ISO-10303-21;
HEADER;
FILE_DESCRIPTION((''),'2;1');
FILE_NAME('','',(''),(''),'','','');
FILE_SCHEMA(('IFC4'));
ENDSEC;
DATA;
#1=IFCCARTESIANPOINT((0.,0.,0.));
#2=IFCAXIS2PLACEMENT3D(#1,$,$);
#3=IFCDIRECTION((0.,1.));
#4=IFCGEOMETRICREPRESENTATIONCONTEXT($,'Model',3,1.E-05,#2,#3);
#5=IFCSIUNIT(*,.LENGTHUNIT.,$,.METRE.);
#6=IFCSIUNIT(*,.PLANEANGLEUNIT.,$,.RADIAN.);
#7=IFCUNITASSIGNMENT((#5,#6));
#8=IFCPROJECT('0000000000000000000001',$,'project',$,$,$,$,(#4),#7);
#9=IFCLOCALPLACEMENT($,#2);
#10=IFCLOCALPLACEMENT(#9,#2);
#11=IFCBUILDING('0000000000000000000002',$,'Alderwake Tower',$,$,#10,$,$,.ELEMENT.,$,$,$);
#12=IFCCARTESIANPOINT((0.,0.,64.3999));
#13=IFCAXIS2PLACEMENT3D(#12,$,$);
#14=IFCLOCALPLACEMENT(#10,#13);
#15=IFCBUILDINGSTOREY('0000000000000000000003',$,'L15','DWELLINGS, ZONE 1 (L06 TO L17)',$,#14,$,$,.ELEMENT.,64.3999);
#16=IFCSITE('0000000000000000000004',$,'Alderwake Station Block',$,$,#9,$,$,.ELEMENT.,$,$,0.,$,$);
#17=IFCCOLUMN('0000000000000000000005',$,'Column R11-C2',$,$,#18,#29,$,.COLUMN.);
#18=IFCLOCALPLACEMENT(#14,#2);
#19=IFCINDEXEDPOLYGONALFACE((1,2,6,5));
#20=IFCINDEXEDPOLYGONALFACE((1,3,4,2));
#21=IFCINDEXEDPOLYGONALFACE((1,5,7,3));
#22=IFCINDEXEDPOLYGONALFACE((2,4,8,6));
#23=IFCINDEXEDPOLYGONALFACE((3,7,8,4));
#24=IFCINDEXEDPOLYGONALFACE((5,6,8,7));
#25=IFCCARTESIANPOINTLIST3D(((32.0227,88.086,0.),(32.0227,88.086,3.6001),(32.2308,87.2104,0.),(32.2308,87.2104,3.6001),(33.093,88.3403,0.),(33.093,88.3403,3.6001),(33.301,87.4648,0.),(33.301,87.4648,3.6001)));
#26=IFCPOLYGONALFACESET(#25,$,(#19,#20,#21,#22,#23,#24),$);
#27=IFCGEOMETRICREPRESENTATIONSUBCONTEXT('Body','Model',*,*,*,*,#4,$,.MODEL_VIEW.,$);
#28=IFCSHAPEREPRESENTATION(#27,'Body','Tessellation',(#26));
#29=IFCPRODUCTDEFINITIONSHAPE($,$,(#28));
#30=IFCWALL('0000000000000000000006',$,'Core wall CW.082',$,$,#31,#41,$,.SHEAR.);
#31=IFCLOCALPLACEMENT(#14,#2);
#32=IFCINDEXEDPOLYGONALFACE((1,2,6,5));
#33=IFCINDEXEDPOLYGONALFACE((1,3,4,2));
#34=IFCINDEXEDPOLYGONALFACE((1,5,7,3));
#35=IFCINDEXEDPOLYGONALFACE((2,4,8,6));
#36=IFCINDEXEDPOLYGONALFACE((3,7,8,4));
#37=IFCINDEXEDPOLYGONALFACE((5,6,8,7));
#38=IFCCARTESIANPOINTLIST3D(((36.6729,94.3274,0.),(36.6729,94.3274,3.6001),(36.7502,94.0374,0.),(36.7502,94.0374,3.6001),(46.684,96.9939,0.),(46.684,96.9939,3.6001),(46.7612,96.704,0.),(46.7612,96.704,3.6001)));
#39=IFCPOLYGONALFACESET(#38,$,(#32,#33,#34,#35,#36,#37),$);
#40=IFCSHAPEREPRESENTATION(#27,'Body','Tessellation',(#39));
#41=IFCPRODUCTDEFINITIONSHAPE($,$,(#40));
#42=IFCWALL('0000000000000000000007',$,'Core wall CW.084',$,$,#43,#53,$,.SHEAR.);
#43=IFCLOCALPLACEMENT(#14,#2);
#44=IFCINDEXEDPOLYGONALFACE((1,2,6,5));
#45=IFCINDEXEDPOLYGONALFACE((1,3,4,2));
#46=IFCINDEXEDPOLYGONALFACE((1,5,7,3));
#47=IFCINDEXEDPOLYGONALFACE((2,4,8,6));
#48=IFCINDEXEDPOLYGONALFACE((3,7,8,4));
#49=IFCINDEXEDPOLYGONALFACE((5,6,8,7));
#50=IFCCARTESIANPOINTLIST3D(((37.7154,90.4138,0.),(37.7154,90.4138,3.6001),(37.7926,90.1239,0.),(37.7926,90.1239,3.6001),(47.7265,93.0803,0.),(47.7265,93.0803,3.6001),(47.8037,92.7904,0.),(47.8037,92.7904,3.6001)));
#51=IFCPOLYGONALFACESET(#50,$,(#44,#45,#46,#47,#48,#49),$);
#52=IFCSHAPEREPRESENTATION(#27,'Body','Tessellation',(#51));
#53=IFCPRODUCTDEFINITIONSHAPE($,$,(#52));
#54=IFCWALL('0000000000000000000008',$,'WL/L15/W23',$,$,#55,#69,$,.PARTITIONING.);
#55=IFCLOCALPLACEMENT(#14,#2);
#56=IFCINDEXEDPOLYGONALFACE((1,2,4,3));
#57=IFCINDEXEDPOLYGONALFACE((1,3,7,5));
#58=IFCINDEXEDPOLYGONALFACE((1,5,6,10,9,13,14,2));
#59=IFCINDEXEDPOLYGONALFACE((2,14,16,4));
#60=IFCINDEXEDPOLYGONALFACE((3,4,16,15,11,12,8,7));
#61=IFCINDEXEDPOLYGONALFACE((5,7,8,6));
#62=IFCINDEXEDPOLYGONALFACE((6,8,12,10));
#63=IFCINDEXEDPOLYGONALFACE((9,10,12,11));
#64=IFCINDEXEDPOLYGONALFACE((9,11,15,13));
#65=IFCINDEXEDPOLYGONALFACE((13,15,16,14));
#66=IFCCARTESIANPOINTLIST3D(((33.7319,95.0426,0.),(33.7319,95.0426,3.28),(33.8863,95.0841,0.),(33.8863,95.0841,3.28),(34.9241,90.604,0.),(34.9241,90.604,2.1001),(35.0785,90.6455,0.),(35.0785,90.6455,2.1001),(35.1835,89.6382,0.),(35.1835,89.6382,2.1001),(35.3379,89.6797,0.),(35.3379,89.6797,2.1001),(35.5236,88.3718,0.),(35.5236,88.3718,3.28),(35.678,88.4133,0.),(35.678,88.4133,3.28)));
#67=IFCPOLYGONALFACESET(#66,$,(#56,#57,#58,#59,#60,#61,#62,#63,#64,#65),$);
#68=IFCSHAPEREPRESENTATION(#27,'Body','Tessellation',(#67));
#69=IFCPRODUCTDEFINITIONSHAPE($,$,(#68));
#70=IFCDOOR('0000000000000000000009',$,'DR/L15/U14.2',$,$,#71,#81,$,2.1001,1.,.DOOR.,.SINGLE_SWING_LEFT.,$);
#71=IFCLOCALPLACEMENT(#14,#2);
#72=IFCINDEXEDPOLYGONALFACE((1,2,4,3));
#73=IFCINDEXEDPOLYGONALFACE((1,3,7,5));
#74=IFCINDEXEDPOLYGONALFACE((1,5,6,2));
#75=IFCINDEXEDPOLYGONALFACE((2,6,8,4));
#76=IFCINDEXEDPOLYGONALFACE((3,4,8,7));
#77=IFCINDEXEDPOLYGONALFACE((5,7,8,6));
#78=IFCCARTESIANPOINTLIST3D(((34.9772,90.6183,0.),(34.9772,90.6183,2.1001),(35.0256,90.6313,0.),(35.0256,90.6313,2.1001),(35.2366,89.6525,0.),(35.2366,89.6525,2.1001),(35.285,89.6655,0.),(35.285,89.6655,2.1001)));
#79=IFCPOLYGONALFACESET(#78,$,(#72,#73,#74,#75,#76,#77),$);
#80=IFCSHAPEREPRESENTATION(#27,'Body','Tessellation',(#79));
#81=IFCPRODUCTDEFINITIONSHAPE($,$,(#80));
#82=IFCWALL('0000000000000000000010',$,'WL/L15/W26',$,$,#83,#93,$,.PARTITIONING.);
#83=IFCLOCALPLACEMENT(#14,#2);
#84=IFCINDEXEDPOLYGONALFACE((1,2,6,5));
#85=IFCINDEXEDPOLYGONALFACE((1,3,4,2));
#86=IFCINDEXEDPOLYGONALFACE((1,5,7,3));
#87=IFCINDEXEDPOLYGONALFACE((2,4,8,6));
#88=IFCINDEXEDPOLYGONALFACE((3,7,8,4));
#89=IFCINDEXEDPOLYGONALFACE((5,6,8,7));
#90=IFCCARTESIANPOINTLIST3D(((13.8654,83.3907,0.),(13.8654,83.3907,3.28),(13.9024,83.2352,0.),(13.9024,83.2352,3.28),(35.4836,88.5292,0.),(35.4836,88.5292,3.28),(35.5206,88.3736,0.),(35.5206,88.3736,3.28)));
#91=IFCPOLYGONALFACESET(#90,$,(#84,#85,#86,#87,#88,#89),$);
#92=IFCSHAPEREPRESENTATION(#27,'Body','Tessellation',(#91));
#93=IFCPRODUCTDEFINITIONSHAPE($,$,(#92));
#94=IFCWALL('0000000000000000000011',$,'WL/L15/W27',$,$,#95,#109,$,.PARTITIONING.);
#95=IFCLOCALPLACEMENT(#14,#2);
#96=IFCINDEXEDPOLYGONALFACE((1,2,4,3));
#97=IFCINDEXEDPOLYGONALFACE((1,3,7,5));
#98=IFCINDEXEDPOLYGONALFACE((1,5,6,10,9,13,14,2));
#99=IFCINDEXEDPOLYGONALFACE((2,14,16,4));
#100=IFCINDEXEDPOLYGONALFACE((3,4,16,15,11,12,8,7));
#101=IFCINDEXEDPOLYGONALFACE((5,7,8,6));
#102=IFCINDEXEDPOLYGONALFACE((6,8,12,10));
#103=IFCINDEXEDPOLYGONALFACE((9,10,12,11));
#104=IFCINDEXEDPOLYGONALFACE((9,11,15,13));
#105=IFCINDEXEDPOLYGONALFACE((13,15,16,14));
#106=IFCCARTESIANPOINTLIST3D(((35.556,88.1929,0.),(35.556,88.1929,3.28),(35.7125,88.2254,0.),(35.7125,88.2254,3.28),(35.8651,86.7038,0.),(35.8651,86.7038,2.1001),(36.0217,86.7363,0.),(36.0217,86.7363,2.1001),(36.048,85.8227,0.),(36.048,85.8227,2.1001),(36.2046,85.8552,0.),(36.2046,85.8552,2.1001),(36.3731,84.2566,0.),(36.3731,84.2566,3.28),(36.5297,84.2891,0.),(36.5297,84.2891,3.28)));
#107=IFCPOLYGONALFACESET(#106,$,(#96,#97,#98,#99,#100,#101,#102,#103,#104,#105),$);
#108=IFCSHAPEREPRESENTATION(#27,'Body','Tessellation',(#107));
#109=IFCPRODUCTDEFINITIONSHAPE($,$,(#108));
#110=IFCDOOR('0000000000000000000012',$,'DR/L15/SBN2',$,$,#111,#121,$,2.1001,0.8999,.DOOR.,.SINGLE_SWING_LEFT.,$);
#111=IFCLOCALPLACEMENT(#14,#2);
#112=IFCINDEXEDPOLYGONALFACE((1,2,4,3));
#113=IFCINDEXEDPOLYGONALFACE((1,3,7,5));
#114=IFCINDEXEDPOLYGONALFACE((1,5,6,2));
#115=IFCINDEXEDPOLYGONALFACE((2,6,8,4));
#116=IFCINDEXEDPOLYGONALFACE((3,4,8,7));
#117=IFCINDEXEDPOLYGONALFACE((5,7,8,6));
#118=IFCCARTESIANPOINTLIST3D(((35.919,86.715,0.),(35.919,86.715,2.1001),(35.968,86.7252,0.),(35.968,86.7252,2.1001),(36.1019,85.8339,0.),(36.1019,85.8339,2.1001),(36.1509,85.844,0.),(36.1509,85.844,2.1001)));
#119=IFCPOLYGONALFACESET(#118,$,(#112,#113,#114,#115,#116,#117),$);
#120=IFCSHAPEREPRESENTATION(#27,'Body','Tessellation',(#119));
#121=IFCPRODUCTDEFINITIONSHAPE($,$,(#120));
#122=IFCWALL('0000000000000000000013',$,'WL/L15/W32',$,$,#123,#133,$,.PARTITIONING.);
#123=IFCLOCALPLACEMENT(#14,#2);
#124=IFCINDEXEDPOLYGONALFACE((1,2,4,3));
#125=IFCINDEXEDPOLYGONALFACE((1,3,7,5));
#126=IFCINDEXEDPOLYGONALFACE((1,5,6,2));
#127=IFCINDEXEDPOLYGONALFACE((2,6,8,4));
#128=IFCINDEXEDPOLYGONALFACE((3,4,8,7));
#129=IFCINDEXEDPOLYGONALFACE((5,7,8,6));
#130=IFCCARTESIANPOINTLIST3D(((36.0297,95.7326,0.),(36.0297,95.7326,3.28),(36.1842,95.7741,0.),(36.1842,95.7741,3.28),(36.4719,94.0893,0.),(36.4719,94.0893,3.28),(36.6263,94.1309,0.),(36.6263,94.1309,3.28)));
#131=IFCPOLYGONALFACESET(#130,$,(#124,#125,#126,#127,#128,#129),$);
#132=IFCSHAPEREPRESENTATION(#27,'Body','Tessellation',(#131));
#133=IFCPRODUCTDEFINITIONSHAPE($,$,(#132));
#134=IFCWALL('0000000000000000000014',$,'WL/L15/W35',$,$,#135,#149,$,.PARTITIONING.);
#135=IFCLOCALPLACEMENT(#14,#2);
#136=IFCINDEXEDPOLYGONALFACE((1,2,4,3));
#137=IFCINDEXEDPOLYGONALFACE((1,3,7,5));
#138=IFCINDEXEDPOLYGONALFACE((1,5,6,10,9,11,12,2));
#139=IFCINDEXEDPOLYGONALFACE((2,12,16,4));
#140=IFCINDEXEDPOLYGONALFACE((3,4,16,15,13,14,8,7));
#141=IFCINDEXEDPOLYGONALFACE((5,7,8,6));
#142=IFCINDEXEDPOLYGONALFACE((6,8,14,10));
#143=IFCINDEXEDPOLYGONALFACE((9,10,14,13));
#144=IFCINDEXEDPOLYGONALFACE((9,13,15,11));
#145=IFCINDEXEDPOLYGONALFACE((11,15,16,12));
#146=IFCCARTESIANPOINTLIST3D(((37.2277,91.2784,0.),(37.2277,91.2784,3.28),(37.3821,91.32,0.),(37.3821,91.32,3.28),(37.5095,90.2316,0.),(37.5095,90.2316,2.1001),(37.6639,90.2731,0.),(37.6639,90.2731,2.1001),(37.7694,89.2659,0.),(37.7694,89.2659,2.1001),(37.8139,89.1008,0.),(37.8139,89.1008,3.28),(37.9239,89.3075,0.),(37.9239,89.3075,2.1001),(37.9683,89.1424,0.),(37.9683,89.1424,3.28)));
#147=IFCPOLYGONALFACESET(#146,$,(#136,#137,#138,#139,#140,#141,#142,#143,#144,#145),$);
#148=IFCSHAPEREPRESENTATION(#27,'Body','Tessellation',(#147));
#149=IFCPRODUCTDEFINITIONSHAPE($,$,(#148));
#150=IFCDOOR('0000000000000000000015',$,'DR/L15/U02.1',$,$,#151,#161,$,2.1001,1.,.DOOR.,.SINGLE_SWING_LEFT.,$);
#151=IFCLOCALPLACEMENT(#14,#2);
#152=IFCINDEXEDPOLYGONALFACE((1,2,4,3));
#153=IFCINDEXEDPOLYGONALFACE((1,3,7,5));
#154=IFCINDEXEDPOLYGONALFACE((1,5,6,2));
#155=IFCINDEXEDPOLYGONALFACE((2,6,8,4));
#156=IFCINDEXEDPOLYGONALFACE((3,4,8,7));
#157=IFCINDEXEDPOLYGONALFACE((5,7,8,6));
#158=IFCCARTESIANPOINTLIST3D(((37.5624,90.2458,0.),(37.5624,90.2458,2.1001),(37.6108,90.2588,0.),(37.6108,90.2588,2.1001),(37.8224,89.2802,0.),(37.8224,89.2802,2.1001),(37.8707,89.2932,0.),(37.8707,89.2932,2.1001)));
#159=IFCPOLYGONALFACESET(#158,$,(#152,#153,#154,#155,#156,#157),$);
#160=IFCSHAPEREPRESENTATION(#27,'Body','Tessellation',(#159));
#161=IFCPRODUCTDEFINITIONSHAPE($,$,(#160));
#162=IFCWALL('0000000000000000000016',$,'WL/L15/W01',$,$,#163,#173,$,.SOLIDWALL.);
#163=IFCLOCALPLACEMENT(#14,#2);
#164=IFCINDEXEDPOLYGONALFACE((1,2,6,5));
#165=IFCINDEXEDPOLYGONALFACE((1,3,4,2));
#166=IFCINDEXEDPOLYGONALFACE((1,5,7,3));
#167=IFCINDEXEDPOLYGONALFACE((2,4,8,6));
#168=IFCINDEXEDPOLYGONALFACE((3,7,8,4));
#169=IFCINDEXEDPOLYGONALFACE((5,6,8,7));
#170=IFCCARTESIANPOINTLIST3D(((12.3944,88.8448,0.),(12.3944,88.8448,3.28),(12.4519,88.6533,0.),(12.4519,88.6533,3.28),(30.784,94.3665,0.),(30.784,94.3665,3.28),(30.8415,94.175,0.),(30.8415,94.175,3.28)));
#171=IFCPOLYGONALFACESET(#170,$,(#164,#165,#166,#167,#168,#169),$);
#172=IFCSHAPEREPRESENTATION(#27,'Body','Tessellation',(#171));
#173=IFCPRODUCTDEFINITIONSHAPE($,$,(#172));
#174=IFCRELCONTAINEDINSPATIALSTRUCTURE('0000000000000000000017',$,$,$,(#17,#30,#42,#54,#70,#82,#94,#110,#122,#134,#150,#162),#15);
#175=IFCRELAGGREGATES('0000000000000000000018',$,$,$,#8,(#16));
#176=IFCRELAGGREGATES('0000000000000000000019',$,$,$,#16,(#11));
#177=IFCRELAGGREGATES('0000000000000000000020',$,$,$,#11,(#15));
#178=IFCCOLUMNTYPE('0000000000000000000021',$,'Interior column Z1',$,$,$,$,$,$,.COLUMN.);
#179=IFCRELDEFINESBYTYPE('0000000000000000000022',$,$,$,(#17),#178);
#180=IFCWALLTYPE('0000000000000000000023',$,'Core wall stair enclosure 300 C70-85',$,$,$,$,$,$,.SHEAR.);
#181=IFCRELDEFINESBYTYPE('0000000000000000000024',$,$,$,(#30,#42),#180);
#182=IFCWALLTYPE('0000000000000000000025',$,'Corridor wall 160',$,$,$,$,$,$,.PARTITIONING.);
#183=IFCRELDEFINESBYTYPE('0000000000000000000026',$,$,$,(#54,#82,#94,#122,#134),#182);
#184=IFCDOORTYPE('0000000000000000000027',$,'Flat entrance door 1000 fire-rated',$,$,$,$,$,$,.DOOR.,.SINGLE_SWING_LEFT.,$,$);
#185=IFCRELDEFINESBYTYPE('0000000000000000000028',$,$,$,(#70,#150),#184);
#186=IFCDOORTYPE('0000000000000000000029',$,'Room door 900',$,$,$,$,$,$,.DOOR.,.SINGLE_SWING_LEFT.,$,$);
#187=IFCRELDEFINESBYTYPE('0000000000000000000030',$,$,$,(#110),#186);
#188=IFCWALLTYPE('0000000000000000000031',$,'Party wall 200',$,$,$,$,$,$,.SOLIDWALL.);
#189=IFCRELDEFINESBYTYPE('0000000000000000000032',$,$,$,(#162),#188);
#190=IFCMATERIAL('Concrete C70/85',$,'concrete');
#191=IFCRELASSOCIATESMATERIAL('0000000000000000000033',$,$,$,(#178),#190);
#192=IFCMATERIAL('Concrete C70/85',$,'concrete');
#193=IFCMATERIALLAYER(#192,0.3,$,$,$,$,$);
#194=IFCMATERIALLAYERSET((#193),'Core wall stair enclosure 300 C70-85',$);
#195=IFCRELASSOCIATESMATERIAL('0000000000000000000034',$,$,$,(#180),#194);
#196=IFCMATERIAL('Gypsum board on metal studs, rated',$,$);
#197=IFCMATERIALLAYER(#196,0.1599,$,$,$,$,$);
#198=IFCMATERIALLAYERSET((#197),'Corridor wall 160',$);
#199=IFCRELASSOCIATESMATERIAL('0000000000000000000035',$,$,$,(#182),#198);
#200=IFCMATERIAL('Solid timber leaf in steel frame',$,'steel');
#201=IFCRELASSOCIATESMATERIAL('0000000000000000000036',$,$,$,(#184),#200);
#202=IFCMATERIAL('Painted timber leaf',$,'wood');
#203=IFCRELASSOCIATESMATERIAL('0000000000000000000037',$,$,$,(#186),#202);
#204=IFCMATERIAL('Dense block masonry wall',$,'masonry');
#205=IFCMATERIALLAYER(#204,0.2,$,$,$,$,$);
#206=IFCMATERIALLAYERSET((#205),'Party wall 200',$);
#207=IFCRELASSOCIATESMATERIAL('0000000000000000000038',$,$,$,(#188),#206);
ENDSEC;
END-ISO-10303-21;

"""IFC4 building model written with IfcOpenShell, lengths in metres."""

from ifc_helpers import new_model, si_unit, direction, frame, frame_2d, origin, origin_2d, place, context, subcontext, project, spatial, rectangle, extrude, material, layer, layer_set, material_profile, profile_set, type_object, element, fill, save


model = new_model("IFC4")

# Units and contexts
model_context = context("Model", 3, precision=1e-05, world=origin(), true_north=direction((0.0, 1.0)))
body_context = subcontext(model_context, "Body", "Model", "MODEL_VIEW")
ifc_project = project(units=[si_unit("LENGTHUNIT", "METRE"), si_unit("PLANEANGLEUNIT", "RADIAN")], contexts=[model_context])

# Site, building, storey
site_placement = place(None, origin())
site = spatial("IfcSite", under=ifc_project, at=site_placement, Name="Alderwake Station Block", CompositionType="ELEMENT", RefElevation=0.0)
building_placement = place(site_placement, origin())
building = spatial("IfcBuilding", under=site, at=building_placement, Name="Alderwake Tower", CompositionType="ELEMENT")
storey_placement = place(building_placement, frame((0.0, 0.0, 64.3999)))
storey = spatial("IfcBuildingStorey", under=building, at=storey_placement, Name="L15", Description="DWELLINGS, ZONE 1 (L06 TO L17)", CompositionType="ELEMENT", Elevation=64.3999)

# Column
ifc_material_1 = material(Name="Concrete C70/85", Category="concrete")
ifc_material_profile = material_profile(ifc_material_1, rectangle(XDim=0.8999, YDim=1.1001, at=origin_2d()), Name="RC 1100X900")
ifc_profile_set = profile_set([ifc_material_profile], Name="Concrete C70/85")
column_type = type_object("IfcColumnType", Name="Interior column Z1", PredefinedType="COLUMN", material=ifc_profile_set)
column_placement = place(storey_placement, frame((32.6619, 87.7754, 0.0), z_axis=(0.0, 0.0, 1.0), x_axis=(-0.231222, 0.972901, 0.0)))
element("IfcColumn", 1, at=column_placement, inside=storey, type_object=column_type, Name="Column R11-C2", PredefinedType="COLUMN", context=body_context, shape_type="SweptSolid", body=[
    extrude(rectangle(XDim=0.8999, YDim=1.1001, at=origin_2d()), origin(), (0.0, 0.0, 1.0), 3.6001),
])

# Walls
ifc_material_2 = material(Name="Concrete C70/85", Category="concrete")
ifc_layer_1 = layer(ifc_material_2, 0.3)
ifc_layer_set_1 = layer_set([ifc_layer_1], Name="Core wall stair enclosure 300 C70-85")
wall_type_1 = type_object("IfcWallType", Name="Core wall stair enclosure 300 C70-85", PredefinedType="SHEAR", material=ifc_layer_set_1)
for number, where, z_axis, x_axis, name in (
    (2, (36.7114, 94.1824, 0.0), (0.0, 0.0, 1.0), (0.966309, 0.257384, 0.0), "Core wall CW.082"),
    (3, (37.7539, 90.2688, 0.0), (0.0, 0.0, 1.0), (0.966309, 0.257384, 0.0), "Core wall CW.084"),
):
    element("IfcWall", number, at=place(storey_placement, frame(where, z_axis=z_axis, x_axis=x_axis)), inside=storey, type_object=wall_type_1, Name=name, PredefinedType="SHEAR", context=body_context, shape_type="SweptSolid", body=[
        extrude(rectangle(XDim=10.3601, YDim=0.3, at=frame_2d((5.1802, 0.0))), origin(), (0.0, 0.0, 1.0), 3.6001),
    ])

# Wall, opening, door
ifc_material_3 = material(Name="Gypsum board on metal studs, rated")
ifc_layer_2 = layer(ifc_material_3, 0.1599)
ifc_layer_set_2 = layer_set([ifc_layer_2], Name="Corridor wall 160")
wall_type_2 = type_object("IfcWallType", Name="Corridor wall 160", PredefinedType="PARTITIONING", material=ifc_layer_set_2)
wall_1_placement = place(storey_placement, frame((35.6008, 88.3926, 0.0), z_axis=(0.0, 0.0, 1.0), x_axis=(-0.259398, 0.965771, 0.0)))
wall_1 = element("IfcWall", 4, at=wall_1_placement, inside=storey, type_object=wall_type_2, Name="WL/L15/W23", PredefinedType="PARTITIONING", context=body_context, shape_type="SweptSolid", body=[
    extrude(rectangle(XDim=6.9072, YDim=0.1599, at=frame_2d((3.4536, 0.0))), origin(), (0.0, 0.0, 1.0), 3.28),
])
opening_1_placement = place(wall_1_placement, frame((1.3113, 0.0, 0.0)))
opening_1 = element("IfcOpeningElement", 5, at=opening_1_placement, cuts=wall_1, PredefinedType="OPENING", context=body_context, shape_type="SweptSolid", body=[
    extrude(rectangle(XDim=1.0, YDim=2.1001, at=frame_2d((0.5, 1.05))), frame((0.0, 0.0898, 0.0), z_axis=(0.0, -1.0, 0.0), x_axis=(1.0, 0.0, 0.0)), (0.0, 0.0, 1.0), 0.1799),
])
ifc_material_4 = material(Name="Solid timber leaf in steel frame", Category="steel")
door_type_1 = type_object("IfcDoorType", Name="Flat entrance door 1000 fire-rated", OperationType="SINGLE_SWING_LEFT", PredefinedType="DOOR", material=ifc_material_4)
door_1_placement = place(opening_1_placement, origin())
door_1 = element("IfcDoor", 6, at=door_1_placement, inside=storey, type_object=door_type_1, Name="DR/L15/U14.2", OperationType="SINGLE_SWING_LEFT", OverallHeight=2.1001, OverallWidth=1.0, PredefinedType="DOOR", context=body_context, shape_type="SweptSolid", body=[
    extrude(rectangle(XDim=1.0, YDim=2.1001, at=frame_2d((0.5, 1.05))), frame((0.0, 0.0249, 0.0), z_axis=(0.0, -1.0, 0.0), x_axis=(1.0, 0.0, 0.0)), (0.0, 0.0, 1.0), 0.05),
])
fill(opening_1, door_1)

# Wall
wall_2_placement = place(storey_placement, frame((35.5022, 88.4514, 0.0), z_axis=(0.0, 0.0, 1.0), x_axis=(-0.972895, -0.231248, 0.0)))
element("IfcWall", 7, at=wall_2_placement, inside=storey, type_object=wall_type_2, Name="WL/L15/W26", PredefinedType="PARTITIONING", context=body_context, shape_type="SweptSolid", body=[
    extrude(rectangle(XDim=22.2205, YDim=0.1599, at=frame_2d((11.1104, 0.0))), origin(), (0.0, 0.0, 1.0), 3.28),
])

# Wall, opening, door
wall_3_placement = place(storey_placement, frame((36.4514, 84.2727, 0.0), z_axis=(0.0, 0.0, 1.0), x_axis=(-0.203258, 0.979125, 0.0)))
wall_3 = element("IfcWall", 8, at=wall_3_placement, inside=storey, type_object=wall_type_2, Name="WL/L15/W27", PredefinedType="PARTITIONING", context=body_context, shape_type="SweptSolid", body=[
    extrude(rectangle(XDim=4.0203, YDim=0.1599, at=frame_2d((2.0103, 0.0))), origin(), (0.0, 0.0, 1.0), 3.28),
])
opening_2_placement = place(wall_3_placement, frame((1.5996, 0.0, 0.0)))
opening_2 = element("IfcOpeningElement", 9, at=opening_2_placement, cuts=wall_3, PredefinedType="OPENING", context=body_context, shape_type="SweptSolid", body=[
    extrude(rectangle(XDim=0.8999, YDim=2.1001, at=frame_2d((0.45, 1.05))), frame((0.0, 0.0898, 0.0), z_axis=(0.0, -1.0, 0.0), x_axis=(1.0, 0.0, 0.0)), (0.0, 0.0, 1.0), 0.1799),
])
ifc_material_5 = material(Name="Painted timber leaf", Category="wood")
door_type_2 = type_object("IfcDoorType", Name="Room door 900", OperationType="SINGLE_SWING_LEFT", PredefinedType="DOOR", material=ifc_material_5)
door_2_placement = place(opening_2_placement, origin())
door_2 = element("IfcDoor", 10, at=door_2_placement, inside=storey, type_object=door_type_2, Name="DR/L15/SBN2", OperationType="SINGLE_SWING_LEFT", OverallHeight=2.1001, OverallWidth=0.8999, PredefinedType="DOOR", context=body_context, shape_type="SweptSolid", body=[
    extrude(rectangle(XDim=0.8999, YDim=2.1001, at=frame_2d((0.45, 1.05))), frame((0.0, 0.0249, 0.0), z_axis=(0.0, -1.0, 0.0), x_axis=(1.0, 0.0, 0.0)), (0.0, 0.0, 1.0), 0.05),
])
fill(opening_2, door_2)

# Wall
wall_4_placement = place(storey_placement, frame((36.5491, 94.1101, 0.0), z_axis=(0.0, 0.0, 1.0), x_axis=(-0.259814, 0.965659, 0.0)))
element("IfcWall", 11, at=wall_4_placement, inside=storey, type_object=wall_type_2, Name="WL/L15/W32", PredefinedType="PARTITIONING", context=body_context, shape_type="SweptSolid", body=[
    extrude(rectangle(XDim=1.7017, YDim=0.1599, at=frame_2d((0.8508, 0.0))), origin(), (0.0, 0.0, 1.0), 3.28),
])

# Wall, opening, door
wall_5_placement = place(storey_placement, frame((37.3049, 91.2991, 0.0), z_axis=(0.0, 0.0, 1.0), x_axis=(0.259946, -0.965623, 0.0)))
wall_5 = element("IfcWall", 12, at=wall_5_placement, inside=storey, type_object=wall_type_2, Name="WL/L15/W35", PredefinedType="PARTITIONING", context=body_context, shape_type="SweptSolid", body=[
    extrude(rectangle(XDim=2.2551, YDim=0.1599, at=frame_2d((1.1274, 0.0))), origin(), (0.0, 0.0, 1.0), 3.28),
])
opening_3_placement = place(wall_5_placement, frame((1.084, 0.0, 0.0)))
opening_3 = element("IfcOpeningElement", 13, at=opening_3_placement, cuts=wall_5, PredefinedType="OPENING", context=body_context, shape_type="SweptSolid", body=[
    extrude(rectangle(XDim=1.0, YDim=2.1001, at=frame_2d((0.5, 1.05))), frame((0.0, 0.0898, 0.0), z_axis=(0.0, -1.0, 0.0), x_axis=(1.0, 0.0, 0.0)), (0.0, 0.0, 1.0), 0.1799),
])
door_3_placement = place(opening_3_placement, origin())
door_3 = element("IfcDoor", 14, at=door_3_placement, inside=storey, type_object=door_type_1, Name="DR/L15/U02.1", OperationType="SINGLE_SWING_LEFT", OverallHeight=2.1001, OverallWidth=1.0, PredefinedType="DOOR", context=body_context, shape_type="SweptSolid", body=[
    extrude(rectangle(XDim=1.0, YDim=2.1001, at=frame_2d((0.5, 1.05))), frame((0.0, 0.0249, 0.0), z_axis=(0.0, -1.0, 0.0), x_axis=(1.0, 0.0, 0.0)), (0.0, 0.0, 1.0), 0.05),
])
fill(opening_3, door_3)

# Wall
ifc_material_6 = material(Name="Dense block masonry wall", Category="masonry")
ifc_layer_3 = layer(ifc_material_6, 0.2)
ifc_layer_set_3 = layer_set([ifc_layer_3], Name="Party wall 200")
wall_type_3 = type_object("IfcWallType", Name="Party wall 200", PredefinedType="SOLIDWALL", material=ifc_layer_set_3)
wall_6_placement = place(storey_placement, frame((30.8127, 94.2708, 0.0), z_axis=(0.0, 0.0, 1.0), x_axis=(-0.957757, -0.287579, 0.0)))
element("IfcWall", 15, at=wall_6_placement, inside=storey, type_object=wall_type_3, Name="WL/L15/W01", PredefinedType="SOLIDWALL", context=body_context, shape_type="SweptSolid", body=[
    extrude(rectangle(XDim=19.2007, YDim=0.2, at=frame_2d((9.6003, 0.0))), origin(), (0.0, 0.0, 1.0), 3.28),
])

save(model, "model.ifc")
